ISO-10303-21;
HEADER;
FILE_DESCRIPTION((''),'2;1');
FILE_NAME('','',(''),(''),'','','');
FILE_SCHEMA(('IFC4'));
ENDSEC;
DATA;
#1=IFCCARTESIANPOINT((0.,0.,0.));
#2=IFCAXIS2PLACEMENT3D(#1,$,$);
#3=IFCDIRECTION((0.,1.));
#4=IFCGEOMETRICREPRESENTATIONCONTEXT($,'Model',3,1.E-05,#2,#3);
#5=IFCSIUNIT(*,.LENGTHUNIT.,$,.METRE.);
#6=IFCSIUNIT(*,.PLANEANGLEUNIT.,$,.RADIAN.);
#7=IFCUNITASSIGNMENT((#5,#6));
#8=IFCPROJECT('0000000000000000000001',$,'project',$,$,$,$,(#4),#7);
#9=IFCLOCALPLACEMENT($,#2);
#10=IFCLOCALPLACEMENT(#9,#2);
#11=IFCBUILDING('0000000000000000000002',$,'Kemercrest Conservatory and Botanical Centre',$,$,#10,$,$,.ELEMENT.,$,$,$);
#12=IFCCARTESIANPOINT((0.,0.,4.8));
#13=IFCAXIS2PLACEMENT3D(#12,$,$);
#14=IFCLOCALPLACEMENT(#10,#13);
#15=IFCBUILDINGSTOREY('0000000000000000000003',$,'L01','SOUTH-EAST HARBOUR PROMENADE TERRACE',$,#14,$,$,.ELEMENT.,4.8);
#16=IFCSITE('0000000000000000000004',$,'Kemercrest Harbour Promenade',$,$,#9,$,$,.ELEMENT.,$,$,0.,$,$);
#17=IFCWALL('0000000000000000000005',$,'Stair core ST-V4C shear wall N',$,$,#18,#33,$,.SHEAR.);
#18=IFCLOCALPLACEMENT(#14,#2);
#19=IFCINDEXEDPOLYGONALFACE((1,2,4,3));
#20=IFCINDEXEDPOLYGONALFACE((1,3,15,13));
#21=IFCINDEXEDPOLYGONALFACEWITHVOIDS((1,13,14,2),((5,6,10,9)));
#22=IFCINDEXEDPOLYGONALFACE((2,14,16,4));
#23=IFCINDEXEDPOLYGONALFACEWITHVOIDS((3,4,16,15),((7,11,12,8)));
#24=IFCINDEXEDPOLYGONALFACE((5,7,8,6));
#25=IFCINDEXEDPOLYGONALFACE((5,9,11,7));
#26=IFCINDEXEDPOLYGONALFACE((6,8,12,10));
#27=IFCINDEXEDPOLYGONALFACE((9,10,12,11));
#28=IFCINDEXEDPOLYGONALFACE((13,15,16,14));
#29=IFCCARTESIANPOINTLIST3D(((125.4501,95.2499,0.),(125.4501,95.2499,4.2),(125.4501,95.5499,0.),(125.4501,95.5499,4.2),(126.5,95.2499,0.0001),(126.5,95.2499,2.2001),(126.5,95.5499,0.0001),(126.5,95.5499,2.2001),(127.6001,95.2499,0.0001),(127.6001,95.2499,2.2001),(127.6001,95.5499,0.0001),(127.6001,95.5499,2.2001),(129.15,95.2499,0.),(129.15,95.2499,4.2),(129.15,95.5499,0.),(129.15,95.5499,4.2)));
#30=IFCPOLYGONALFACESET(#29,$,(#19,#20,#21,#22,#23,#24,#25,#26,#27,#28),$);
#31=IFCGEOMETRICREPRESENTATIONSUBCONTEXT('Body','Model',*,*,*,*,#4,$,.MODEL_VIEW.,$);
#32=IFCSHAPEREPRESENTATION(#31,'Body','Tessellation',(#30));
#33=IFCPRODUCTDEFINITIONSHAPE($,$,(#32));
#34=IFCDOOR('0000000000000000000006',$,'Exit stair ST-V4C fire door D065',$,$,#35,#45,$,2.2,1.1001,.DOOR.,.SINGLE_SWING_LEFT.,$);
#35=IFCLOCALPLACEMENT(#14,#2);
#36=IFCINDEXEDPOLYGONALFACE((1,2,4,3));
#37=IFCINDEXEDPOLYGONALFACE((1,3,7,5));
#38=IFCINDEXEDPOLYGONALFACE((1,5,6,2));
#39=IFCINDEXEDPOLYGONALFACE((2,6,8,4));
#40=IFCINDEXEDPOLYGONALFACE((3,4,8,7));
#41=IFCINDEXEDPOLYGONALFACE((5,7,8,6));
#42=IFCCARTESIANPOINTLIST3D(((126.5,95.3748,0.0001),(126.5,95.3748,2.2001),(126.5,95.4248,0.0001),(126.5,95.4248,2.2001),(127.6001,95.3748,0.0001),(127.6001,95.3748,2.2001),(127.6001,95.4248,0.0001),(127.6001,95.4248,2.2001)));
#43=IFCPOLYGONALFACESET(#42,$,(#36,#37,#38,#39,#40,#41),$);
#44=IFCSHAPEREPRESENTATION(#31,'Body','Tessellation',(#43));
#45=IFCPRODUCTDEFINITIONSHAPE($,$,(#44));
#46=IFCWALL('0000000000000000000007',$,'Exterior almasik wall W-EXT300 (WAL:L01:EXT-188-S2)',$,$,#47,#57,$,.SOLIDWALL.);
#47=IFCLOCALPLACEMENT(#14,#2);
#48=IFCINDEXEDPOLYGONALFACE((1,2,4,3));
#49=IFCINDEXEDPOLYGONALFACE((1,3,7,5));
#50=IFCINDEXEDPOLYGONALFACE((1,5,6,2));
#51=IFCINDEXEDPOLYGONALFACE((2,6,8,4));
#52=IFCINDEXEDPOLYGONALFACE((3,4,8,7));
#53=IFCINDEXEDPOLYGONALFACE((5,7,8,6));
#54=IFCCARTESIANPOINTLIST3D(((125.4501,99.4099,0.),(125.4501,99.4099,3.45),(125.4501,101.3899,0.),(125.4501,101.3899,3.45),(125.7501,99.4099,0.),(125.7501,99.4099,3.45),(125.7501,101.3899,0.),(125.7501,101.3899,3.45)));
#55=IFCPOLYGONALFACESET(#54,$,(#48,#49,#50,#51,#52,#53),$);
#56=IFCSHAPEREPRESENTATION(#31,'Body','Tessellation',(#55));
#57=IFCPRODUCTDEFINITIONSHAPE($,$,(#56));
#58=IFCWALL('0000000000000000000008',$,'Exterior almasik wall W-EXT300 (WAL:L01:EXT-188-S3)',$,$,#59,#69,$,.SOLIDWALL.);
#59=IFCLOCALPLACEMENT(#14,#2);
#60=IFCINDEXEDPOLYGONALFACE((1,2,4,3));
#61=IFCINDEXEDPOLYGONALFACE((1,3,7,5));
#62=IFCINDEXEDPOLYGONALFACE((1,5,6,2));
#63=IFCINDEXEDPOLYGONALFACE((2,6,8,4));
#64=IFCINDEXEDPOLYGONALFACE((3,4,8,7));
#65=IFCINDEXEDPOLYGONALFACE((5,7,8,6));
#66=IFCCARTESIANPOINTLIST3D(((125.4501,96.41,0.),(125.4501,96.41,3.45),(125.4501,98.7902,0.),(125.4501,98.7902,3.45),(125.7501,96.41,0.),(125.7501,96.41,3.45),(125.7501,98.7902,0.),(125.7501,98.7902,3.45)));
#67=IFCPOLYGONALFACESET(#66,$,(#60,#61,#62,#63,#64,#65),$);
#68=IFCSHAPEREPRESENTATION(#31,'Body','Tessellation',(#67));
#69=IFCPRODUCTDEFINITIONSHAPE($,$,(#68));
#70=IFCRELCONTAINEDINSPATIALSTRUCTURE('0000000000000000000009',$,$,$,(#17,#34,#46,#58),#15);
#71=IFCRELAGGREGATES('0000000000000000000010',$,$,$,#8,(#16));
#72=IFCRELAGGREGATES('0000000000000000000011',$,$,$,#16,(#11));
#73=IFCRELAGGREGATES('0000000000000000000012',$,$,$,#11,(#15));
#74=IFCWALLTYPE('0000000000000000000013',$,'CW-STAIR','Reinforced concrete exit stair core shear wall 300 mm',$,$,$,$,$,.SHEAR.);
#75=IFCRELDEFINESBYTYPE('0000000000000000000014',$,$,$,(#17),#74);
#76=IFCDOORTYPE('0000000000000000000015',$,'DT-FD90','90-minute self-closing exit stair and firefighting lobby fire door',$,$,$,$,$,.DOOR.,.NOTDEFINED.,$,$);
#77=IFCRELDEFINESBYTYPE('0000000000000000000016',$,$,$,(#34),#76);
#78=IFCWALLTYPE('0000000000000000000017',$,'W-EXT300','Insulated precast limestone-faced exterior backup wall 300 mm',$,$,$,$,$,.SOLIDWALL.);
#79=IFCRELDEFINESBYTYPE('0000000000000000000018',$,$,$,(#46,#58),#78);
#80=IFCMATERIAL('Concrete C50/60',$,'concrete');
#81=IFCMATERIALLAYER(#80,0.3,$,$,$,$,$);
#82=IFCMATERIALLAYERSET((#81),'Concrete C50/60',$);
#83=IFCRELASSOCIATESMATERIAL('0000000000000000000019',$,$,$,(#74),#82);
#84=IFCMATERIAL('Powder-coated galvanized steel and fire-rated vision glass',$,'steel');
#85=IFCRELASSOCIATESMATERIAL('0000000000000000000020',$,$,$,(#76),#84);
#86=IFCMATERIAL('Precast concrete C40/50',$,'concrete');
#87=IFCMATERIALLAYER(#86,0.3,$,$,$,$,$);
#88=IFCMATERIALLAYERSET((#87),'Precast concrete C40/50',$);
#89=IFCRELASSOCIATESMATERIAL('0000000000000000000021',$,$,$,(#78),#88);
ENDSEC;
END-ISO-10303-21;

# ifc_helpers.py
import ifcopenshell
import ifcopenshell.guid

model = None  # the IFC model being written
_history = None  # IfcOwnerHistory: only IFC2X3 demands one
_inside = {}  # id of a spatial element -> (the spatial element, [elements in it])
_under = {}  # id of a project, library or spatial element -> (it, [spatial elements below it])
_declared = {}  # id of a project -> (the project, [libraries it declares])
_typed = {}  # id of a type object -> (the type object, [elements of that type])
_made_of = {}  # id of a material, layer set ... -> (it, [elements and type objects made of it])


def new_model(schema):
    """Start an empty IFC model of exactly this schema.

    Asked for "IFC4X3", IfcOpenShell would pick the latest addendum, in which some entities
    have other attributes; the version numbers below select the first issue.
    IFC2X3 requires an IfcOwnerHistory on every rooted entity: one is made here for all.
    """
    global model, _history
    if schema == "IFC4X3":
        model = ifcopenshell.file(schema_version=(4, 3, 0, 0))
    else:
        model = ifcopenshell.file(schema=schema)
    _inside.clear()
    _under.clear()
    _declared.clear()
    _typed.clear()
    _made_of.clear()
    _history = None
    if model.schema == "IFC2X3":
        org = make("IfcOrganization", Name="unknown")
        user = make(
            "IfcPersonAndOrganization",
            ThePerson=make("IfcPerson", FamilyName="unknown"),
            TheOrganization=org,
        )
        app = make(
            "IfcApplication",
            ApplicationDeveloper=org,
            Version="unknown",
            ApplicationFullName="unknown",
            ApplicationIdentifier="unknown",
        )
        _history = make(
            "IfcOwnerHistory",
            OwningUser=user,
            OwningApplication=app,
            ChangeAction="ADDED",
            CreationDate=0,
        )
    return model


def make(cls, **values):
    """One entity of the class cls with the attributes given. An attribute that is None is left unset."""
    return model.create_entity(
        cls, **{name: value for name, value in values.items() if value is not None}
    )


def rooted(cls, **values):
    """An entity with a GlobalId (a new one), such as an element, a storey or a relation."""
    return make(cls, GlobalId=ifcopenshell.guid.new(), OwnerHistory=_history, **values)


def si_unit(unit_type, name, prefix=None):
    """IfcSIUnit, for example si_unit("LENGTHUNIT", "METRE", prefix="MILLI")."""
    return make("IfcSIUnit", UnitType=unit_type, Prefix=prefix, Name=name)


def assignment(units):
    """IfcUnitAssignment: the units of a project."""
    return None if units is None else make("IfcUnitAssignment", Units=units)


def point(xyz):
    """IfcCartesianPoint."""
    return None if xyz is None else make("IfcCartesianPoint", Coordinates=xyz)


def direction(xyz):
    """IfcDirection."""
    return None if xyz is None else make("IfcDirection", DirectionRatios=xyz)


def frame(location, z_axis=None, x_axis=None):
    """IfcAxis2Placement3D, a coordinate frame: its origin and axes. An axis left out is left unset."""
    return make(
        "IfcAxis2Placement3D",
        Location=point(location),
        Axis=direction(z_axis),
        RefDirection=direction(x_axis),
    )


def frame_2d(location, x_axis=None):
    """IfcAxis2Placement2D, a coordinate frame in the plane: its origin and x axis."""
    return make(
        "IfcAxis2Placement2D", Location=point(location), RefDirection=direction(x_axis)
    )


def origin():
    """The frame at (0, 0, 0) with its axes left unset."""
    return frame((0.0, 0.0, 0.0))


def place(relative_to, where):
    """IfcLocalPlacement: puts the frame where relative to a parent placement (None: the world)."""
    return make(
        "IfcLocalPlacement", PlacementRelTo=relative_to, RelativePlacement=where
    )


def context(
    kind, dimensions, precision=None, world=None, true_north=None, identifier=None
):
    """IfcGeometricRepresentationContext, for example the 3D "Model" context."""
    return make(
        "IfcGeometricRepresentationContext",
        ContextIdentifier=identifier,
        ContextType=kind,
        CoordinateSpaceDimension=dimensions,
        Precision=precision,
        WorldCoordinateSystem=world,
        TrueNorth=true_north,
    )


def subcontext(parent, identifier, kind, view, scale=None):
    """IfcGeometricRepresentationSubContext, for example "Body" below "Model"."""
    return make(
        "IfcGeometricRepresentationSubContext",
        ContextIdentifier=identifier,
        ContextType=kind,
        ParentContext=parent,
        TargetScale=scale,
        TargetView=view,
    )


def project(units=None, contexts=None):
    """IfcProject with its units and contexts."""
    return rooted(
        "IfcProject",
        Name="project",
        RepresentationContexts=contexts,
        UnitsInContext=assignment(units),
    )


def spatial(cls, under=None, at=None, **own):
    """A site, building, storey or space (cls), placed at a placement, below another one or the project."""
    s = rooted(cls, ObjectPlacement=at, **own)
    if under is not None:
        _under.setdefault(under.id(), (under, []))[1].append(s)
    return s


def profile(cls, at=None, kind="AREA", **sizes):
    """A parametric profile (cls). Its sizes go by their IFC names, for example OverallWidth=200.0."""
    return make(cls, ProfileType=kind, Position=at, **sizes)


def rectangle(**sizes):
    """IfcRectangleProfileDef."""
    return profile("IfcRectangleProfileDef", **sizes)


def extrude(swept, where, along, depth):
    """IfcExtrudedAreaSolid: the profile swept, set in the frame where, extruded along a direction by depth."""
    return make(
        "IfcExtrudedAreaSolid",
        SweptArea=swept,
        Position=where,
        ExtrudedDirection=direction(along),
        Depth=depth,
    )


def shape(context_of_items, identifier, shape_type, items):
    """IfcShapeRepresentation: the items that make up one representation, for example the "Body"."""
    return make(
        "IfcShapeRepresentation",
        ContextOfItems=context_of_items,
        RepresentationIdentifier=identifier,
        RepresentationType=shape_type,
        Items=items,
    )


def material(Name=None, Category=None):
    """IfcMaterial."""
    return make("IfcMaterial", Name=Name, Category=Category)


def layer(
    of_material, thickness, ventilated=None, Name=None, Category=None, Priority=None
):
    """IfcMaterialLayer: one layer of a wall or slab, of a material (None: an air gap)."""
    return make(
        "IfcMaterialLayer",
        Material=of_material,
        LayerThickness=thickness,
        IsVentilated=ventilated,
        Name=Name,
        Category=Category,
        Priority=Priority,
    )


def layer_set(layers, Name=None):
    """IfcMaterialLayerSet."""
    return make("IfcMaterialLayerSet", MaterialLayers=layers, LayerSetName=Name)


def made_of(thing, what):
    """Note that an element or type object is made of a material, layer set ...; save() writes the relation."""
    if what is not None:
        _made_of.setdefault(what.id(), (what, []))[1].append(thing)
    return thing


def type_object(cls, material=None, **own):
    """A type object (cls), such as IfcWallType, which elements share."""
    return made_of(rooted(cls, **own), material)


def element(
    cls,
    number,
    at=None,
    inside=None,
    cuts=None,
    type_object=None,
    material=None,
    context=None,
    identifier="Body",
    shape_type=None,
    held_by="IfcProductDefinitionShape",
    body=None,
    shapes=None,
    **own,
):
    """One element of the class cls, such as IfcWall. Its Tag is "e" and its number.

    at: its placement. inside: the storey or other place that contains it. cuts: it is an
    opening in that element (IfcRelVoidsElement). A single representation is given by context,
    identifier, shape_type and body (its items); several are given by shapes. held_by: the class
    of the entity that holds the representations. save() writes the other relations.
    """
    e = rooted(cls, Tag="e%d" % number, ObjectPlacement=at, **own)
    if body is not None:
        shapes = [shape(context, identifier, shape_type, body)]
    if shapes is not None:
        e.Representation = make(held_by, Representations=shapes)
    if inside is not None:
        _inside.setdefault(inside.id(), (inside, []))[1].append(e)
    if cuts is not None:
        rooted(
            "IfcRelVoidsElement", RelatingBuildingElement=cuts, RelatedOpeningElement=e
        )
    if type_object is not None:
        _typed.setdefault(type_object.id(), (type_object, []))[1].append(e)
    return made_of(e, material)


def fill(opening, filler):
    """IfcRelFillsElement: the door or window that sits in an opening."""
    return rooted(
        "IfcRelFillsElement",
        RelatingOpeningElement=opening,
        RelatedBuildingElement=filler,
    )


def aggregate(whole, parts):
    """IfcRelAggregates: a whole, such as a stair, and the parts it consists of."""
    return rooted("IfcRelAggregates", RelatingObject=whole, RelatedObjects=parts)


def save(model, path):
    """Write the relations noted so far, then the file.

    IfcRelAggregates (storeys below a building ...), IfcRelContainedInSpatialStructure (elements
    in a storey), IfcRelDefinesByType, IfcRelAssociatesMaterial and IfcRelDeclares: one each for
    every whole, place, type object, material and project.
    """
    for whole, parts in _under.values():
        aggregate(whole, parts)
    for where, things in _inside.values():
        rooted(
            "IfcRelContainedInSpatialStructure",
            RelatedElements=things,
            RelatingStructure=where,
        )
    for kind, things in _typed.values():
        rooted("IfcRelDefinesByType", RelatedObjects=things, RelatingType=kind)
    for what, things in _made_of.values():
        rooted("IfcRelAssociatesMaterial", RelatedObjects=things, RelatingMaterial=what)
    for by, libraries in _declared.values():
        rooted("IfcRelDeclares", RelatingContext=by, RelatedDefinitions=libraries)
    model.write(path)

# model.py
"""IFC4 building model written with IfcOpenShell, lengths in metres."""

from ifc_helpers import new_model, si_unit, direction, frame, frame_2d, origin, place, context, subcontext, project, spatial, rectangle, extrude, material, layer, layer_set, type_object, element, fill, save


model = new_model("IFC4")

# Units and contexts
model_context = context("Model", 3, precision=1e-05, world=origin(), true_north=direction((0.0, 1.0)))
body_context = subcontext(model_context, "Body", "Model", "MODEL_VIEW")
ifc_project = project(units=[si_unit("LENGTHUNIT", "METRE"), si_unit("PLANEANGLEUNIT", "RADIAN")], contexts=[model_context])

# Site, building, storey
site_placement = place(None, origin())
site = spatial("IfcSite", under=ifc_project, at=site_placement, Name="Kemercrest Harbour Promenade", CompositionType="ELEMENT", RefElevation=0.0)
building_placement = place(site_placement, origin())
building = spatial("IfcBuilding", under=site, at=building_placement, Name="Kemercrest Conservatory and Botanical Centre", CompositionType="ELEMENT")
storey_placement = place(building_placement, frame((0.0, 0.0, 4.8)))
storey = spatial("IfcBuildingStorey", under=building, at=storey_placement, Name="L01", Description="SOUTH-EAST HARBOUR PROMENADE TERRACE", CompositionType="ELEMENT", Elevation=4.8)

# Shared definitions
ifc_material_1 = material(Name="Concrete C50/60", Category="concrete")

# Shared definitions
ifc_material_2 = material(Name="Precast concrete C40/50", Category="concrete")
ifc_layer_1 = layer(ifc_material_1, 0.3)
ifc_layer_set_1 = layer_set([ifc_layer_1], Name="Concrete C50/60")
wall_type_1 = type_object("IfcWallType", Name="CW-STAIR", Description="Reinforced concrete exit stair core shear wall 300 mm", PredefinedType="SHEAR", material=ifc_layer_set_1)

# Wall, opening, door
wall_1_placement = place(storey_placement, frame((125.45, 95.3999, 0.0), z_axis=(0.0, 0.0, 1.0), x_axis=(1.0, 0.0, 0.0)))
wall_1 = element("IfcWall", 1, at=wall_1_placement, inside=storey, type_object=wall_type_1, Name="Stair core ST-V4C shear wall N", PredefinedType="SHEAR", context=body_context, shape_type="SweptSolid", body=[
    extrude(rectangle(XDim=3.7, YDim=0.3, at=frame_2d((1.8501, 0.0))), origin(), (0.0, 0.0, 1.0), 4.2),
])
opening_placement = place(wall_1_placement, frame((1.05, 0.0, 0.0)))
opening = element("IfcOpeningElement", 2, at=opening_placement, cuts=wall_1, PredefinedType="OPENING", context=body_context, shape_type="SweptSolid", body=[
    extrude(rectangle(XDim=1.1001, YDim=2.2, at=frame_2d((0.55, 1.1001))), frame((0.0, 0.1602, 0.0), z_axis=(0.0, -1.0, 0.0), x_axis=(1.0, 0.0, 0.0)), (0.0, 0.0, 1.0), 0.3201),
])
ifc_material_3 = material(Name="Powder-coated galvanized steel and fire-rated vision glass", Category="steel")
door_type = type_object("IfcDoorType", Name="DT-FD90", Description="90-minute self-closing exit stair and firefighting lobby fire door", OperationType="NOTDEFINED", PredefinedType="DOOR", material=ifc_material_3)
door_placement = place(opening_placement, origin())
door = element("IfcDoor", 3, at=door_placement, inside=storey, type_object=door_type, Name="Exit stair ST-V4C fire door D065", OperationType="SINGLE_SWING_LEFT", OverallHeight=2.2, OverallWidth=1.1001, PredefinedType="DOOR", context=body_context, shape_type="SweptSolid", body=[
    extrude(rectangle(XDim=1.1001, YDim=2.2, at=frame_2d((0.55, 1.1001))), frame((0.0, 0.0249, 0.0), z_axis=(0.0, -1.0, 0.0), x_axis=(1.0, 0.0, 0.0)), (0.0, 0.0, 1.0), 0.05),
])
fill(opening, door)

# Walls
ifc_layer_2 = layer(ifc_material_2, 0.3)
ifc_layer_set_2 = layer_set([ifc_layer_2], Name="Precast concrete C40/50")
wall_type_2 = type_object("IfcWallType", Name="W-EXT300", Description="Insulated precast limestone-faced exterior backup wall 300 mm", PredefinedType="SOLIDWALL", material=ifc_layer_set_2)
wall_2_placement = place(storey_placement, frame((125.6001, 101.3899, 0.0), z_axis=(0.0, 0.0, 1.0), x_axis=(0.0, -1.0, 0.0)))
element("IfcWall", 4, at=wall_2_placement, inside=storey, type_object=wall_type_2, Name="Exterior almasik wall W-EXT300 (WAL:L01:EXT-188-S2)", PredefinedType="SOLIDWALL", context=body_context, shape_type="SweptSolid", body=[
    extrude(rectangle(XDim=1.98, YDim=0.3, at=frame_2d((0.99, 0.0))), origin(), (0.0, 0.0, 1.0), 3.45),
])
wall_3_placement = place(storey_placement, frame((125.6001, 98.79, 0.0), z_axis=(0.0, 0.0, 1.0), x_axis=(0.0, -1.0, 0.0)))
element("IfcWall", 5, at=wall_3_placement, inside=storey, type_object=wall_type_2, Name="Exterior almasik wall W-EXT300 (WAL:L01:EXT-188-S3)", PredefinedType="SOLIDWALL", context=body_context, shape_type="SweptSolid", body=[
    extrude(rectangle(XDim=2.3801, YDim=0.3, at=frame_2d((1.1899, 0.0))), origin(), (0.0, 0.0, 1.0), 3.45),
])

save(model, "model.ifc")
